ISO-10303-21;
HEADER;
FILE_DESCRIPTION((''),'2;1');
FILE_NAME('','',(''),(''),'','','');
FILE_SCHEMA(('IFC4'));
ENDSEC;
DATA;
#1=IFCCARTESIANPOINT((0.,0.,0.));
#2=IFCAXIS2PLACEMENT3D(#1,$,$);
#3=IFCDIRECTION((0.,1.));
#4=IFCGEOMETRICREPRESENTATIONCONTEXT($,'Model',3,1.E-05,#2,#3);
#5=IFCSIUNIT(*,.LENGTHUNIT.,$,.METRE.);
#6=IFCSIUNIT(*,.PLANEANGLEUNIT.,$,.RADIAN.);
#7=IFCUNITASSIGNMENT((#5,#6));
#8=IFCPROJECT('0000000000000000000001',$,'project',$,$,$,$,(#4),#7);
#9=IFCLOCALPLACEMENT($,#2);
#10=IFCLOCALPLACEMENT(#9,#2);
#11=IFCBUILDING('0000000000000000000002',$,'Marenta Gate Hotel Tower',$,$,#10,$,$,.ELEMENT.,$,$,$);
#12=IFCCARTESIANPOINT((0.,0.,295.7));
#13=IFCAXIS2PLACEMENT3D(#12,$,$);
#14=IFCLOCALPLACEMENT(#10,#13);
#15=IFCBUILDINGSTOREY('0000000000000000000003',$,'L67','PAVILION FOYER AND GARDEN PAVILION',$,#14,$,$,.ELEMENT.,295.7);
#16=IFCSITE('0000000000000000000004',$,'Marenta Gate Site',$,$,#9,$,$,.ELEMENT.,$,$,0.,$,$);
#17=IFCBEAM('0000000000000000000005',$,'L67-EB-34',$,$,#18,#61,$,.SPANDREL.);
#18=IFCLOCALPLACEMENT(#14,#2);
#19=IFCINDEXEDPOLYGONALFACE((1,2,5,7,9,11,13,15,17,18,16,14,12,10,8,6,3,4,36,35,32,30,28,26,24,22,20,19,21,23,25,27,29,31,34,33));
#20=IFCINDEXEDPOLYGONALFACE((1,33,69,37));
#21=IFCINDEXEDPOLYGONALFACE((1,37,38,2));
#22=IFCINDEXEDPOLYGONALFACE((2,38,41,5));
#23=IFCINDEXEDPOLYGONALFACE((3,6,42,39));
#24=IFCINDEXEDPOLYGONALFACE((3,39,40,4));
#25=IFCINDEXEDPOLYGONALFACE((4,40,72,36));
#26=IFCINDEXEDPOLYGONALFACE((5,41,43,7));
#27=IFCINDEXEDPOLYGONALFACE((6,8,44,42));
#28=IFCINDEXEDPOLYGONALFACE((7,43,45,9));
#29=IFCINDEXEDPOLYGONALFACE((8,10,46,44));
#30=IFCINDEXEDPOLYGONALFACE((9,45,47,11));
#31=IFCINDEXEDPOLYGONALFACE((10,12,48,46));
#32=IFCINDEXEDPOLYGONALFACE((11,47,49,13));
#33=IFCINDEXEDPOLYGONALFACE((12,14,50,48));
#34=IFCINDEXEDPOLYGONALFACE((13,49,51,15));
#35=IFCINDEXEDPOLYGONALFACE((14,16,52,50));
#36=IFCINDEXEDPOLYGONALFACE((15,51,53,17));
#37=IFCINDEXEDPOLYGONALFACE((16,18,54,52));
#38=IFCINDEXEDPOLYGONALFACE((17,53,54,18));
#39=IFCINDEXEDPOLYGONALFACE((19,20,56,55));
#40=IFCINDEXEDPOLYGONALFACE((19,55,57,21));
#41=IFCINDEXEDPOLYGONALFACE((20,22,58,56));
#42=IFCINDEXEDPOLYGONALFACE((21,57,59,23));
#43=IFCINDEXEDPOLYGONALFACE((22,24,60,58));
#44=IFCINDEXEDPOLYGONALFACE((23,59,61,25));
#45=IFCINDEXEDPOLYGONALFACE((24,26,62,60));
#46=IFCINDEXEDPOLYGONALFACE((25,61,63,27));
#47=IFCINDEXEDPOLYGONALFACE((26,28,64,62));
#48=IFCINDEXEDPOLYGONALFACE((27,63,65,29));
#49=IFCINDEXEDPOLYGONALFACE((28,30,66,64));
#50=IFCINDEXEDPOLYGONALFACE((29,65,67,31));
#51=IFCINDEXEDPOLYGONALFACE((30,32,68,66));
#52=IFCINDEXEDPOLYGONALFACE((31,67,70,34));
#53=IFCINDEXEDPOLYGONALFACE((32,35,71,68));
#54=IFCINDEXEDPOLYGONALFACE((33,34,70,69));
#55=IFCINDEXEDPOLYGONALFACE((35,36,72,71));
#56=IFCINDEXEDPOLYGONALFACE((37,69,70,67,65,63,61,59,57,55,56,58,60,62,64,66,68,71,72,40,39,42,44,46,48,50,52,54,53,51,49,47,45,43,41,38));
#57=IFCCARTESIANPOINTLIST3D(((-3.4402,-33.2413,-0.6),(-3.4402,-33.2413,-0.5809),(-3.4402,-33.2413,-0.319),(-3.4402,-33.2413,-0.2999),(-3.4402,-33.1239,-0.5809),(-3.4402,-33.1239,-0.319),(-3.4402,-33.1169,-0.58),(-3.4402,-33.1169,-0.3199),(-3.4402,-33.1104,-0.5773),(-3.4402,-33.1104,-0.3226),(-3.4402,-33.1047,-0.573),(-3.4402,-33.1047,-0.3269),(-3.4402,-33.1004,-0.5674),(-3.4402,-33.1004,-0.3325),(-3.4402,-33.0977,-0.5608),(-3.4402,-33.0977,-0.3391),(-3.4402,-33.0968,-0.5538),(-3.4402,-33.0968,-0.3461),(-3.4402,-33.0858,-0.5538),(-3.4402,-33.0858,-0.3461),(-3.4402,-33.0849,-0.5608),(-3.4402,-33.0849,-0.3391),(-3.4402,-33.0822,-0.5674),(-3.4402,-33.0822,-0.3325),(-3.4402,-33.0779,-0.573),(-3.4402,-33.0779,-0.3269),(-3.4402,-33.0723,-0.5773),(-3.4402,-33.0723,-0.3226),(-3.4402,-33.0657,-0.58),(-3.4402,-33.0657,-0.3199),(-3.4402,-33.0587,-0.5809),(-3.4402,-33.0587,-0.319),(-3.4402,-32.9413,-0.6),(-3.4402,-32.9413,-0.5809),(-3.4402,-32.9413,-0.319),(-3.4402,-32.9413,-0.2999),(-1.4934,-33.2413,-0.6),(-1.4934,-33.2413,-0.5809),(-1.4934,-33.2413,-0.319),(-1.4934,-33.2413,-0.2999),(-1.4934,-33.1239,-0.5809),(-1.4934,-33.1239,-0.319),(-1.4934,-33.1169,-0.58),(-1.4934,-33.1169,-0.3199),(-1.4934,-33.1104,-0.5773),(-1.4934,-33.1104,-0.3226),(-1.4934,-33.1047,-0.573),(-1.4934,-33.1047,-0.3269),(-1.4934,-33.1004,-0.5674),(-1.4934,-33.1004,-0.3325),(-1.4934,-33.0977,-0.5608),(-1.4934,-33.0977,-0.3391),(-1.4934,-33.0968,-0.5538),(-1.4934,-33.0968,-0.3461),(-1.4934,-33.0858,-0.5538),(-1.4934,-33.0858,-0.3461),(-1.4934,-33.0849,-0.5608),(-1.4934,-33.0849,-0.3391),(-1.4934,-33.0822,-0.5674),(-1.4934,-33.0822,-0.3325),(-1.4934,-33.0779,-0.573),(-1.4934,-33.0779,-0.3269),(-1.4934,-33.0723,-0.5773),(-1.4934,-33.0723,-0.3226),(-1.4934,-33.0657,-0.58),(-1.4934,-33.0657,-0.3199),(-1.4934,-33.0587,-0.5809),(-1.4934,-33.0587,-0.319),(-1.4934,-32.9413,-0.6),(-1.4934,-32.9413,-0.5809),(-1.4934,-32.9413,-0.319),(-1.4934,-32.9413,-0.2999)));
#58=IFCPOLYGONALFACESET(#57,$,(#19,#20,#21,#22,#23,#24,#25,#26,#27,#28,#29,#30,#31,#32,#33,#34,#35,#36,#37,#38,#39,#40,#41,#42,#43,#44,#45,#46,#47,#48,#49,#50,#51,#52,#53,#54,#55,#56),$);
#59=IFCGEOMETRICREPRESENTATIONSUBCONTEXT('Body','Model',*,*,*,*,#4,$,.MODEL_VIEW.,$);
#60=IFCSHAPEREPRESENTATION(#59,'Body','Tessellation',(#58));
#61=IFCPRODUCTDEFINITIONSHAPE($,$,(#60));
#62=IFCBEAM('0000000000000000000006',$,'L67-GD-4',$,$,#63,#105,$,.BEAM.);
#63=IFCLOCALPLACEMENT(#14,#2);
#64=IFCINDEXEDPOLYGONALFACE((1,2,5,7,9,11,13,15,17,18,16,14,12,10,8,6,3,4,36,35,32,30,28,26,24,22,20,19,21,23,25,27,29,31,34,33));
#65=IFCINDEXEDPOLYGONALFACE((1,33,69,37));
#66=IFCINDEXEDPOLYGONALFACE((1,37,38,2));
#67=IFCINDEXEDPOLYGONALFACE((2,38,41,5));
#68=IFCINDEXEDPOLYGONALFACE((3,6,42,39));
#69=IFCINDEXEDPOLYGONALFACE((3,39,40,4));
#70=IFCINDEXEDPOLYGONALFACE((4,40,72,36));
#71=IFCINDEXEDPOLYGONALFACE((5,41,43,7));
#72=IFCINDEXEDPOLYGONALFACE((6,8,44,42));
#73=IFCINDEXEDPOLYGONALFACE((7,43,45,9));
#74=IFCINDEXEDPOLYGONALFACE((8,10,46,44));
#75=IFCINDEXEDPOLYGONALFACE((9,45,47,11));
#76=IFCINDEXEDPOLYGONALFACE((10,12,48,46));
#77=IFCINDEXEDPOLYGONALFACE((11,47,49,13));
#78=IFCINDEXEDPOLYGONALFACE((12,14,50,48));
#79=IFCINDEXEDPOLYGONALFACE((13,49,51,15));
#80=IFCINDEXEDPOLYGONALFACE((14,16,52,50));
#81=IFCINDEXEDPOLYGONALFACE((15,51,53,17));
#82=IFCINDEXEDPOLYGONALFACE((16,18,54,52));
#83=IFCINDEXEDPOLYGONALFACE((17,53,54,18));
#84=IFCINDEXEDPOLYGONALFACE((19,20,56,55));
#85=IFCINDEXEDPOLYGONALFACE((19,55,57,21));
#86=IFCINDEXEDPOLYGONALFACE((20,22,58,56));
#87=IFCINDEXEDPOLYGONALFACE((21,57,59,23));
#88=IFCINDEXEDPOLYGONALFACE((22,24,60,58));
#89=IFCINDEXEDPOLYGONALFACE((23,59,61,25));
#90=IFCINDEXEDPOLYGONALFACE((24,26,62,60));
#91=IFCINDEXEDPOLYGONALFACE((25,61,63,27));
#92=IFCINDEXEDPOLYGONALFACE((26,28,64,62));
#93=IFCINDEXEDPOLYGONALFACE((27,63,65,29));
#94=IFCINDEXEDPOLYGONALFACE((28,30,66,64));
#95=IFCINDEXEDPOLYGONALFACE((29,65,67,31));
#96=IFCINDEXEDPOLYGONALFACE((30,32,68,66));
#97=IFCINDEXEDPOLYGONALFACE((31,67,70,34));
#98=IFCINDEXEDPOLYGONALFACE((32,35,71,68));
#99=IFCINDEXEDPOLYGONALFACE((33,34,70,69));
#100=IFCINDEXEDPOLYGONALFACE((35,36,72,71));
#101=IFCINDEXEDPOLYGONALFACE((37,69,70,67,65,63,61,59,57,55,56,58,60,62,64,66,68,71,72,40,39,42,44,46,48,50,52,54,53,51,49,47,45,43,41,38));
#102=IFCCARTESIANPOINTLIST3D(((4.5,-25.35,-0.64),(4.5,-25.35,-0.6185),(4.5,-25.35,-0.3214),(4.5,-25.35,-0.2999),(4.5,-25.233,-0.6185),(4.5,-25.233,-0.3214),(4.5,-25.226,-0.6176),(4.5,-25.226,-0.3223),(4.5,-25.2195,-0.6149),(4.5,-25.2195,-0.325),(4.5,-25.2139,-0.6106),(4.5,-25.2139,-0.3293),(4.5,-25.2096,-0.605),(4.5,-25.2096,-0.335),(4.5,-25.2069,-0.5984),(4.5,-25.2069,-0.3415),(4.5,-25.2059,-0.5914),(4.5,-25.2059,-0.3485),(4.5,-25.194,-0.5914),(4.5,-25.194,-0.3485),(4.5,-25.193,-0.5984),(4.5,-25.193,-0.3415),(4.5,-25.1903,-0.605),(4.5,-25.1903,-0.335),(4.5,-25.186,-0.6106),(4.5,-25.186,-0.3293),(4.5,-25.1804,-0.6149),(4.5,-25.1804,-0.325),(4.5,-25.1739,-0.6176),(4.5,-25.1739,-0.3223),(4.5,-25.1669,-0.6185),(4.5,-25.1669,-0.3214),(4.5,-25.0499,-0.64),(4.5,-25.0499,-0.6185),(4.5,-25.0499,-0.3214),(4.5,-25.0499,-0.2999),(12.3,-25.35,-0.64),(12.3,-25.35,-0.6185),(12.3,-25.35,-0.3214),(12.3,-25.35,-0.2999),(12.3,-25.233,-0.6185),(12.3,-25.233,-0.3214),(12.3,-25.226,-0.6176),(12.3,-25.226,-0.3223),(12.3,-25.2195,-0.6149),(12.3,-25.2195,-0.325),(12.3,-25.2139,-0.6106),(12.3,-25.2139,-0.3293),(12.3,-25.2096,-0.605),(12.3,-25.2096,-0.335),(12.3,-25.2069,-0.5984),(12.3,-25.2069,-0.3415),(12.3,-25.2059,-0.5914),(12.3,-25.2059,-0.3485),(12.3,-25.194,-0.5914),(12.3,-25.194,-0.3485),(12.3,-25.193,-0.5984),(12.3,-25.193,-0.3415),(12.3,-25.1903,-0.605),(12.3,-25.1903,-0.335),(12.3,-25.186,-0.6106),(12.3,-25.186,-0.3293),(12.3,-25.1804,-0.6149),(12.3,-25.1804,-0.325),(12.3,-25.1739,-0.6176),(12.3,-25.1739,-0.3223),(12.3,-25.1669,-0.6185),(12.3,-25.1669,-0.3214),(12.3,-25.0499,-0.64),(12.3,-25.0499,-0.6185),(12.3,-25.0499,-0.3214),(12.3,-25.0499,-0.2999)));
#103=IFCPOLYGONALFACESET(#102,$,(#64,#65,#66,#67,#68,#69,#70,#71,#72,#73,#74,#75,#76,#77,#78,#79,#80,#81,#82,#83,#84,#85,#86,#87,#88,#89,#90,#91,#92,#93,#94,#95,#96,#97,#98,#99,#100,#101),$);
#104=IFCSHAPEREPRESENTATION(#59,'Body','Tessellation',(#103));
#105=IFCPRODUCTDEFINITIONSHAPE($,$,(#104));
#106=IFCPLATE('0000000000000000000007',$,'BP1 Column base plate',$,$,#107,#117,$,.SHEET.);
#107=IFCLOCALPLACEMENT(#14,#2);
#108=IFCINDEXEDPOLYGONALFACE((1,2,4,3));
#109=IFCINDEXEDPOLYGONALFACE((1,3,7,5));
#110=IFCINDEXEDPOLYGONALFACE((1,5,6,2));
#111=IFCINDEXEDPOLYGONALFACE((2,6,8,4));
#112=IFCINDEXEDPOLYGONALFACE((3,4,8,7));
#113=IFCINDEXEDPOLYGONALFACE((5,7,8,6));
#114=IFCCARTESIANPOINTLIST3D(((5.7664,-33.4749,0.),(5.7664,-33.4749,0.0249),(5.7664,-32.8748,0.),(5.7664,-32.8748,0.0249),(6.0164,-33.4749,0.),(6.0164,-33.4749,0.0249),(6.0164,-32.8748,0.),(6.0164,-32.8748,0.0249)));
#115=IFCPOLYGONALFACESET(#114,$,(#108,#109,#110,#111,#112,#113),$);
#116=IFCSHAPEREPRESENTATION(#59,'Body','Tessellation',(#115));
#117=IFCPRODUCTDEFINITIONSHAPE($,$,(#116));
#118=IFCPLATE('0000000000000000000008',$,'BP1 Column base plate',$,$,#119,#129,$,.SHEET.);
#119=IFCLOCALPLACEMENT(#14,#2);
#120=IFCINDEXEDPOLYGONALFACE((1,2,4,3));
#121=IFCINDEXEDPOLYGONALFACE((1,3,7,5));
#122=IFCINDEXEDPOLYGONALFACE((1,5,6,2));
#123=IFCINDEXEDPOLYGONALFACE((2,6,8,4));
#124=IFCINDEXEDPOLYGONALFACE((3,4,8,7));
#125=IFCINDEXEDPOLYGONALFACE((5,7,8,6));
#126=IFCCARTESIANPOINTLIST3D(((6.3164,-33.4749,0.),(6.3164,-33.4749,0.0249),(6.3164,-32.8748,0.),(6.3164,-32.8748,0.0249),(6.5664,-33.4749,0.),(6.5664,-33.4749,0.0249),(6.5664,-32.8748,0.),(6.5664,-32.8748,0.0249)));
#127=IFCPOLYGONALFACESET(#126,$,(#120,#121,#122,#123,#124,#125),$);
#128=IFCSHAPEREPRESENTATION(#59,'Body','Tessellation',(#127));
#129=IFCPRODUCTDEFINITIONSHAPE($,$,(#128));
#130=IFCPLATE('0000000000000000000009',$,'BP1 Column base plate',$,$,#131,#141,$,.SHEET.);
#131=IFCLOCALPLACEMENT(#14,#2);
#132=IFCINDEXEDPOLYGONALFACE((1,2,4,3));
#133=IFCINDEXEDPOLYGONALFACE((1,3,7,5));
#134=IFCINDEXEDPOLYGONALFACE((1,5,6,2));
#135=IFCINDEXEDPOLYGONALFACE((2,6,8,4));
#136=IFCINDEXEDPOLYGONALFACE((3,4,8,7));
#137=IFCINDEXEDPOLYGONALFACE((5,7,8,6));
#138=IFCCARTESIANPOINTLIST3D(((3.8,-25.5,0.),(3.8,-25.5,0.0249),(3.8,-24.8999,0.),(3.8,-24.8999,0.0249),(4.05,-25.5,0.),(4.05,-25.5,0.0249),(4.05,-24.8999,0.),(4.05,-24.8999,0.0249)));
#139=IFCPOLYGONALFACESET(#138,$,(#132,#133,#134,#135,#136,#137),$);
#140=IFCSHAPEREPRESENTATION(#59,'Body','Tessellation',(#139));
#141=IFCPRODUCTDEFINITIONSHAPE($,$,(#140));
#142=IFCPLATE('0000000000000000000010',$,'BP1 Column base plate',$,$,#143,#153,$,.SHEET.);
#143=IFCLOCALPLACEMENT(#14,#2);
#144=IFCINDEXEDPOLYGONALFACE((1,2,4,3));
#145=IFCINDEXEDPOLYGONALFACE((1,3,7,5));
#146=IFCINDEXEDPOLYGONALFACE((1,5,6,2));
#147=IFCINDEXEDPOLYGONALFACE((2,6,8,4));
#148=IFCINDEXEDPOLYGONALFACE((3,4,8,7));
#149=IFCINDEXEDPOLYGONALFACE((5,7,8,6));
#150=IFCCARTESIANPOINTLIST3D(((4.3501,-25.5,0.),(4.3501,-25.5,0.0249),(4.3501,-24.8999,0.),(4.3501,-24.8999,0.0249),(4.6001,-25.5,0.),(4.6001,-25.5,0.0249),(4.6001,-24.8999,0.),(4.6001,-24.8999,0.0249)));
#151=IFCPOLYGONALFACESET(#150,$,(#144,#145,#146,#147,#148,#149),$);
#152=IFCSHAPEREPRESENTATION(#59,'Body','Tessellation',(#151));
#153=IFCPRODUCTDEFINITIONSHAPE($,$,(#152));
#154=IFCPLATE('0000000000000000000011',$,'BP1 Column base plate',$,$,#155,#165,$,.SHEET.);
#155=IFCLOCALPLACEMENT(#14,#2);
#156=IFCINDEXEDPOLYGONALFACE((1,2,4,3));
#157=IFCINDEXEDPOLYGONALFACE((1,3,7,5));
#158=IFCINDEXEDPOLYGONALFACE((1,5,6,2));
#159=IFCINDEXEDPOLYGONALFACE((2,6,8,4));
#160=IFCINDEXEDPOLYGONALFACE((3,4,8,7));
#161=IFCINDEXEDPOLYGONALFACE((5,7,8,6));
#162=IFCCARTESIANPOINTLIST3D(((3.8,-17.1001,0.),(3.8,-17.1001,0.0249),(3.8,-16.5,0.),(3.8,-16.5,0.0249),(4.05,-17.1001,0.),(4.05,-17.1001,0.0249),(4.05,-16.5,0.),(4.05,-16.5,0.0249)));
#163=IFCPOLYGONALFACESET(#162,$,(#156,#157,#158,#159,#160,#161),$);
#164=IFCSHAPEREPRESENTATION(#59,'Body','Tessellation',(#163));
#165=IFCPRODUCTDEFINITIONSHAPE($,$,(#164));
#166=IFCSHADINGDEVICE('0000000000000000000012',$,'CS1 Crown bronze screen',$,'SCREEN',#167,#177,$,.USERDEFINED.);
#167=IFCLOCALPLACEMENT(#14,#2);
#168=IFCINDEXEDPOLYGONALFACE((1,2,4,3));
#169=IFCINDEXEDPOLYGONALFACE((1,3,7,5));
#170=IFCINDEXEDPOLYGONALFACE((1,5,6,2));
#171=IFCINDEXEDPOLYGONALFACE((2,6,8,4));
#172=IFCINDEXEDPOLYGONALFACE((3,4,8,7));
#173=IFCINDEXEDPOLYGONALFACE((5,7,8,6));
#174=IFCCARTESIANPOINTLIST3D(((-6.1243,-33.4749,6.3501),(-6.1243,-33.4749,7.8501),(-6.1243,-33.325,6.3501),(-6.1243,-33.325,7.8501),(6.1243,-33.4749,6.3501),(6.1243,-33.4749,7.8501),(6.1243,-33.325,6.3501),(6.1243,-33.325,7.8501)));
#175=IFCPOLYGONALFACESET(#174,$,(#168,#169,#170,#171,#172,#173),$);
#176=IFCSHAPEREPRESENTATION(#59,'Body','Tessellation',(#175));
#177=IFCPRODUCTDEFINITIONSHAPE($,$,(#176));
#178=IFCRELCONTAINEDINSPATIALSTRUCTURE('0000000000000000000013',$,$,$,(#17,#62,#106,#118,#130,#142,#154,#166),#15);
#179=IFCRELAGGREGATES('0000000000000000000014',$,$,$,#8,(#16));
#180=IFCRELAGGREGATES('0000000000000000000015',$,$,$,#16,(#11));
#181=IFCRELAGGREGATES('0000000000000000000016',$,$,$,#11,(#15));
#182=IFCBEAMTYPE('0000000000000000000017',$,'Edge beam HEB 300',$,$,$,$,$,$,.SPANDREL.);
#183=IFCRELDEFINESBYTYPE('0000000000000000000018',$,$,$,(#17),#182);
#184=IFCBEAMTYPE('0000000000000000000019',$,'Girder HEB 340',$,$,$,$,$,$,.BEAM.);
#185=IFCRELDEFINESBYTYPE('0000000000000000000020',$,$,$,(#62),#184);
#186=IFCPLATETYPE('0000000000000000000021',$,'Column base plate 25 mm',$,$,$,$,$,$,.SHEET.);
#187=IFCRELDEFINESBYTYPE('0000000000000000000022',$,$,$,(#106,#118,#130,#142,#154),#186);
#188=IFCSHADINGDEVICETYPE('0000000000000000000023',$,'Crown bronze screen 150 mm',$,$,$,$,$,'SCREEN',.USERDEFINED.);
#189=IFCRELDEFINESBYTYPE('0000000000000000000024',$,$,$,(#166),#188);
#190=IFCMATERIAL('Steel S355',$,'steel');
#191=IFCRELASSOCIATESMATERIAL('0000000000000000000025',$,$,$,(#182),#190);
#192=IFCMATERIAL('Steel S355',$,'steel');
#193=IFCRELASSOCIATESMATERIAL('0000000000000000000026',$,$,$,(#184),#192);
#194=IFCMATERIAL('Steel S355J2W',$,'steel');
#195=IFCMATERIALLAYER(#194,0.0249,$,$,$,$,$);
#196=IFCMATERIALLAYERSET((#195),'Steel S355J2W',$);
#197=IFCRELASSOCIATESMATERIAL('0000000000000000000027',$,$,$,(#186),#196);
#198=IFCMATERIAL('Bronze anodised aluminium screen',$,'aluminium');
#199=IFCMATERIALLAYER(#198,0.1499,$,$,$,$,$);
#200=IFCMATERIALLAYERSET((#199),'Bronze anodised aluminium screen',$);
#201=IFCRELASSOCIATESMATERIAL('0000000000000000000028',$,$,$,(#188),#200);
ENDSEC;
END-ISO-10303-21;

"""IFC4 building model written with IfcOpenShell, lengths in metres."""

from ifc_helpers import new_model, si_unit, direction, frame, origin, origin_2d, place, context, subcontext, project, spatial, rectangle, i_section, extrude, material, layer, layer_set, material_profile, profile_set, type_object, element, save


model = new_model("IFC4")

# Units and contexts
model_context = context("Model", 3, precision=1e-05, world=origin(), true_north=direction((0.0, 1.0)))
body_context = subcontext(model_context, "Body", "Model", "MODEL_VIEW")
ifc_project = project(units=[si_unit("LENGTHUNIT", "METRE"), si_unit("PLANEANGLEUNIT", "RADIAN")], contexts=[model_context])

# Site, building, storey
site_placement = place(None, origin())
site = spatial("IfcSite", under=ifc_project, at=site_placement, Name="Marenta Gate Site", CompositionType="ELEMENT", RefElevation=0.0)
building_placement = place(site_placement, origin())
building = spatial("IfcBuilding", under=site, at=building_placement, Name="Marenta Gate Hotel Tower", CompositionType="ELEMENT")
storey_placement = place(building_placement, frame((0.0, 0.0, 295.7)))
storey = spatial("IfcBuildingStorey", under=building, at=storey_placement, Name="L67", Description="PAVILION FOYER AND GARDEN PAVILION", CompositionType="ELEMENT", Elevation=295.7)

# Beams
ifc_material_1 = material(Name="Steel S355", Category="steel")
ifc_material_profile_1 = material_profile(ifc_material_1, i_section(OverallWidth=0.3, OverallDepth=0.3, WebThickness=0.011, FlangeThickness=0.019, FilletRadius=0.0271, at=origin_2d()), Name="HEB 300")
ifc_profile_set_1 = profile_set([ifc_material_profile_1], Name="Steel S355")
beam_type_1 = type_object("IfcBeamType", Name="Edge beam HEB 300", PredefinedType="SPANDREL", material=ifc_profile_set_1)
for number, where, z_axis, x_axis, name in (
    (1, (-1.4934, -33.0913, -0.45), (-1.0, 0.0, 0.0), (0.0, -1.0, 0.0), "L67-EB-34"),
):
    element("IfcBeam", number, at=place(storey_placement, frame(where, z_axis=z_axis, x_axis=x_axis)), inside=storey, type_object=beam_type_1, Name=name, PredefinedType="SPANDREL", context=body_context, shape_type="SweptSolid", body=[
        extrude(i_section(OverallWidth=0.3, OverallDepth=0.3, WebThickness=0.011, FlangeThickness=0.019, FilletRadius=0.0271, at=origin_2d()), origin(), (0.0, 0.0, 1.0), 1.9468),
    ])
ifc_material_2 = material(Name="Steel S355", Category="steel")
ifc_material_profile_2 = material_profile(ifc_material_2, i_section(OverallWidth=0.3, OverallDepth=0.3401, WebThickness=0.012, FlangeThickness=0.0215, FilletRadius=0.0271, at=origin_2d()), Name="HEB 340")
ifc_profile_set_2 = profile_set([ifc_material_profile_2], Name="Steel S355")
beam_type_2 = type_object("IfcBeamType", Name="Girder HEB 340", PredefinedType="BEAM", material=ifc_profile_set_2)
beam_1_placement = place(storey_placement, frame((4.5, -25.2, -0.47), z_axis=(1.0, 0.0, 0.0), x_axis=(0.0, 1.0, 0.0)))
element("IfcBeam", 2, at=beam_1_placement, inside=storey, type_object=beam_type_2, Name="L67-GD-4", PredefinedType="BEAM", context=body_context, shape_type="SweptSolid", body=[
    extrude(i_section(OverallWidth=0.3, OverallDepth=0.3401, WebThickness=0.012, FlangeThickness=0.0215, FilletRadius=0.0271, at=origin_2d()), origin(), (0.0, 0.0, 1.0), 7.8),
])

# Plates
ifc_material_3 = material(Name="Steel S355J2W", Category="steel")
ifc_layer_1 = layer(ifc_material_3, 0.0249)
ifc_layer_set_1 = layer_set([ifc_layer_1], Name="Steel S355J2W")
plate_type = type_object("IfcPlateType", Name="Column base plate 25 mm", PredefinedType="SHEET", material=ifc_layer_set_1)
for number, where, z_axis, x_axis, name in (
    (3, (5.8914, -33.1748, 0.0), (0.0, 0.0, 1.0), (1.0, 0.0, 0.0), "BP1 Column base plate"),
    (4, (6.4414, -33.1748, 0.0), (0.0, 0.0, 1.0), (1.0, 0.0, 0.0), "BP1 Column base plate"),
    (5, (3.925, -25.2, 0.0), (0.0, 0.0, 1.0), (1.0, 0.0, 0.0), "BP1 Column base plate"),
    (6, (4.4751, -25.2, 0.0), (0.0, 0.0, 1.0), (1.0, 0.0, 0.0), "BP1 Column base plate"),
    (7, (3.925, -16.8, 0.0), (0.0, 0.0, 1.0), (1.0, 0.0, 0.0), "BP1 Column base plate"),
):
    element("IfcPlate", number, at=place(storey_placement, frame(where, z_axis=z_axis, x_axis=x_axis)), inside=storey, type_object=plate_type, Name=name, PredefinedType="SHEET", context=body_context, shape_type="SweptSolid", body=[
        extrude(rectangle(XDim=0.25, YDim=0.6001, at=origin_2d()), origin(), (0.0, 0.0, 1.0), 0.0249),
    ])

# Shading device
ifc_material_4 = material(Name="Bronze anodised aluminium screen", Category="aluminium")
ifc_layer_2 = layer(ifc_material_4, 0.1499)
ifc_layer_set_2 = layer_set([ifc_layer_2], Name="Bronze anodised aluminium screen")
shading_device_type = type_object("IfcShadingDeviceType", Name="Crown bronze screen 150 mm", ElementType="SCREEN", PredefinedType="USERDEFINED", material=ifc_layer_set_2)
shading_device_placement = place(storey_placement, frame((0.0, -33.3999, 6.3501), z_axis=(0.0, 0.0, 1.0), x_axis=(-1.0, 0.0, 0.0)))
element("IfcShadingDevice", 8, at=shading_device_placement, inside=storey, type_object=shading_device_type, Name="CS1 Crown bronze screen", ObjectType="SCREEN", PredefinedType="USERDEFINED", context=body_context, shape_type="SweptSolid", body=[
    extrude(rectangle(XDim=12.2485, YDim=0.1499, at=origin_2d()), origin(), (0.0, 0.0, 1.0), 1.5),
])

save(model, "model.ifc")
